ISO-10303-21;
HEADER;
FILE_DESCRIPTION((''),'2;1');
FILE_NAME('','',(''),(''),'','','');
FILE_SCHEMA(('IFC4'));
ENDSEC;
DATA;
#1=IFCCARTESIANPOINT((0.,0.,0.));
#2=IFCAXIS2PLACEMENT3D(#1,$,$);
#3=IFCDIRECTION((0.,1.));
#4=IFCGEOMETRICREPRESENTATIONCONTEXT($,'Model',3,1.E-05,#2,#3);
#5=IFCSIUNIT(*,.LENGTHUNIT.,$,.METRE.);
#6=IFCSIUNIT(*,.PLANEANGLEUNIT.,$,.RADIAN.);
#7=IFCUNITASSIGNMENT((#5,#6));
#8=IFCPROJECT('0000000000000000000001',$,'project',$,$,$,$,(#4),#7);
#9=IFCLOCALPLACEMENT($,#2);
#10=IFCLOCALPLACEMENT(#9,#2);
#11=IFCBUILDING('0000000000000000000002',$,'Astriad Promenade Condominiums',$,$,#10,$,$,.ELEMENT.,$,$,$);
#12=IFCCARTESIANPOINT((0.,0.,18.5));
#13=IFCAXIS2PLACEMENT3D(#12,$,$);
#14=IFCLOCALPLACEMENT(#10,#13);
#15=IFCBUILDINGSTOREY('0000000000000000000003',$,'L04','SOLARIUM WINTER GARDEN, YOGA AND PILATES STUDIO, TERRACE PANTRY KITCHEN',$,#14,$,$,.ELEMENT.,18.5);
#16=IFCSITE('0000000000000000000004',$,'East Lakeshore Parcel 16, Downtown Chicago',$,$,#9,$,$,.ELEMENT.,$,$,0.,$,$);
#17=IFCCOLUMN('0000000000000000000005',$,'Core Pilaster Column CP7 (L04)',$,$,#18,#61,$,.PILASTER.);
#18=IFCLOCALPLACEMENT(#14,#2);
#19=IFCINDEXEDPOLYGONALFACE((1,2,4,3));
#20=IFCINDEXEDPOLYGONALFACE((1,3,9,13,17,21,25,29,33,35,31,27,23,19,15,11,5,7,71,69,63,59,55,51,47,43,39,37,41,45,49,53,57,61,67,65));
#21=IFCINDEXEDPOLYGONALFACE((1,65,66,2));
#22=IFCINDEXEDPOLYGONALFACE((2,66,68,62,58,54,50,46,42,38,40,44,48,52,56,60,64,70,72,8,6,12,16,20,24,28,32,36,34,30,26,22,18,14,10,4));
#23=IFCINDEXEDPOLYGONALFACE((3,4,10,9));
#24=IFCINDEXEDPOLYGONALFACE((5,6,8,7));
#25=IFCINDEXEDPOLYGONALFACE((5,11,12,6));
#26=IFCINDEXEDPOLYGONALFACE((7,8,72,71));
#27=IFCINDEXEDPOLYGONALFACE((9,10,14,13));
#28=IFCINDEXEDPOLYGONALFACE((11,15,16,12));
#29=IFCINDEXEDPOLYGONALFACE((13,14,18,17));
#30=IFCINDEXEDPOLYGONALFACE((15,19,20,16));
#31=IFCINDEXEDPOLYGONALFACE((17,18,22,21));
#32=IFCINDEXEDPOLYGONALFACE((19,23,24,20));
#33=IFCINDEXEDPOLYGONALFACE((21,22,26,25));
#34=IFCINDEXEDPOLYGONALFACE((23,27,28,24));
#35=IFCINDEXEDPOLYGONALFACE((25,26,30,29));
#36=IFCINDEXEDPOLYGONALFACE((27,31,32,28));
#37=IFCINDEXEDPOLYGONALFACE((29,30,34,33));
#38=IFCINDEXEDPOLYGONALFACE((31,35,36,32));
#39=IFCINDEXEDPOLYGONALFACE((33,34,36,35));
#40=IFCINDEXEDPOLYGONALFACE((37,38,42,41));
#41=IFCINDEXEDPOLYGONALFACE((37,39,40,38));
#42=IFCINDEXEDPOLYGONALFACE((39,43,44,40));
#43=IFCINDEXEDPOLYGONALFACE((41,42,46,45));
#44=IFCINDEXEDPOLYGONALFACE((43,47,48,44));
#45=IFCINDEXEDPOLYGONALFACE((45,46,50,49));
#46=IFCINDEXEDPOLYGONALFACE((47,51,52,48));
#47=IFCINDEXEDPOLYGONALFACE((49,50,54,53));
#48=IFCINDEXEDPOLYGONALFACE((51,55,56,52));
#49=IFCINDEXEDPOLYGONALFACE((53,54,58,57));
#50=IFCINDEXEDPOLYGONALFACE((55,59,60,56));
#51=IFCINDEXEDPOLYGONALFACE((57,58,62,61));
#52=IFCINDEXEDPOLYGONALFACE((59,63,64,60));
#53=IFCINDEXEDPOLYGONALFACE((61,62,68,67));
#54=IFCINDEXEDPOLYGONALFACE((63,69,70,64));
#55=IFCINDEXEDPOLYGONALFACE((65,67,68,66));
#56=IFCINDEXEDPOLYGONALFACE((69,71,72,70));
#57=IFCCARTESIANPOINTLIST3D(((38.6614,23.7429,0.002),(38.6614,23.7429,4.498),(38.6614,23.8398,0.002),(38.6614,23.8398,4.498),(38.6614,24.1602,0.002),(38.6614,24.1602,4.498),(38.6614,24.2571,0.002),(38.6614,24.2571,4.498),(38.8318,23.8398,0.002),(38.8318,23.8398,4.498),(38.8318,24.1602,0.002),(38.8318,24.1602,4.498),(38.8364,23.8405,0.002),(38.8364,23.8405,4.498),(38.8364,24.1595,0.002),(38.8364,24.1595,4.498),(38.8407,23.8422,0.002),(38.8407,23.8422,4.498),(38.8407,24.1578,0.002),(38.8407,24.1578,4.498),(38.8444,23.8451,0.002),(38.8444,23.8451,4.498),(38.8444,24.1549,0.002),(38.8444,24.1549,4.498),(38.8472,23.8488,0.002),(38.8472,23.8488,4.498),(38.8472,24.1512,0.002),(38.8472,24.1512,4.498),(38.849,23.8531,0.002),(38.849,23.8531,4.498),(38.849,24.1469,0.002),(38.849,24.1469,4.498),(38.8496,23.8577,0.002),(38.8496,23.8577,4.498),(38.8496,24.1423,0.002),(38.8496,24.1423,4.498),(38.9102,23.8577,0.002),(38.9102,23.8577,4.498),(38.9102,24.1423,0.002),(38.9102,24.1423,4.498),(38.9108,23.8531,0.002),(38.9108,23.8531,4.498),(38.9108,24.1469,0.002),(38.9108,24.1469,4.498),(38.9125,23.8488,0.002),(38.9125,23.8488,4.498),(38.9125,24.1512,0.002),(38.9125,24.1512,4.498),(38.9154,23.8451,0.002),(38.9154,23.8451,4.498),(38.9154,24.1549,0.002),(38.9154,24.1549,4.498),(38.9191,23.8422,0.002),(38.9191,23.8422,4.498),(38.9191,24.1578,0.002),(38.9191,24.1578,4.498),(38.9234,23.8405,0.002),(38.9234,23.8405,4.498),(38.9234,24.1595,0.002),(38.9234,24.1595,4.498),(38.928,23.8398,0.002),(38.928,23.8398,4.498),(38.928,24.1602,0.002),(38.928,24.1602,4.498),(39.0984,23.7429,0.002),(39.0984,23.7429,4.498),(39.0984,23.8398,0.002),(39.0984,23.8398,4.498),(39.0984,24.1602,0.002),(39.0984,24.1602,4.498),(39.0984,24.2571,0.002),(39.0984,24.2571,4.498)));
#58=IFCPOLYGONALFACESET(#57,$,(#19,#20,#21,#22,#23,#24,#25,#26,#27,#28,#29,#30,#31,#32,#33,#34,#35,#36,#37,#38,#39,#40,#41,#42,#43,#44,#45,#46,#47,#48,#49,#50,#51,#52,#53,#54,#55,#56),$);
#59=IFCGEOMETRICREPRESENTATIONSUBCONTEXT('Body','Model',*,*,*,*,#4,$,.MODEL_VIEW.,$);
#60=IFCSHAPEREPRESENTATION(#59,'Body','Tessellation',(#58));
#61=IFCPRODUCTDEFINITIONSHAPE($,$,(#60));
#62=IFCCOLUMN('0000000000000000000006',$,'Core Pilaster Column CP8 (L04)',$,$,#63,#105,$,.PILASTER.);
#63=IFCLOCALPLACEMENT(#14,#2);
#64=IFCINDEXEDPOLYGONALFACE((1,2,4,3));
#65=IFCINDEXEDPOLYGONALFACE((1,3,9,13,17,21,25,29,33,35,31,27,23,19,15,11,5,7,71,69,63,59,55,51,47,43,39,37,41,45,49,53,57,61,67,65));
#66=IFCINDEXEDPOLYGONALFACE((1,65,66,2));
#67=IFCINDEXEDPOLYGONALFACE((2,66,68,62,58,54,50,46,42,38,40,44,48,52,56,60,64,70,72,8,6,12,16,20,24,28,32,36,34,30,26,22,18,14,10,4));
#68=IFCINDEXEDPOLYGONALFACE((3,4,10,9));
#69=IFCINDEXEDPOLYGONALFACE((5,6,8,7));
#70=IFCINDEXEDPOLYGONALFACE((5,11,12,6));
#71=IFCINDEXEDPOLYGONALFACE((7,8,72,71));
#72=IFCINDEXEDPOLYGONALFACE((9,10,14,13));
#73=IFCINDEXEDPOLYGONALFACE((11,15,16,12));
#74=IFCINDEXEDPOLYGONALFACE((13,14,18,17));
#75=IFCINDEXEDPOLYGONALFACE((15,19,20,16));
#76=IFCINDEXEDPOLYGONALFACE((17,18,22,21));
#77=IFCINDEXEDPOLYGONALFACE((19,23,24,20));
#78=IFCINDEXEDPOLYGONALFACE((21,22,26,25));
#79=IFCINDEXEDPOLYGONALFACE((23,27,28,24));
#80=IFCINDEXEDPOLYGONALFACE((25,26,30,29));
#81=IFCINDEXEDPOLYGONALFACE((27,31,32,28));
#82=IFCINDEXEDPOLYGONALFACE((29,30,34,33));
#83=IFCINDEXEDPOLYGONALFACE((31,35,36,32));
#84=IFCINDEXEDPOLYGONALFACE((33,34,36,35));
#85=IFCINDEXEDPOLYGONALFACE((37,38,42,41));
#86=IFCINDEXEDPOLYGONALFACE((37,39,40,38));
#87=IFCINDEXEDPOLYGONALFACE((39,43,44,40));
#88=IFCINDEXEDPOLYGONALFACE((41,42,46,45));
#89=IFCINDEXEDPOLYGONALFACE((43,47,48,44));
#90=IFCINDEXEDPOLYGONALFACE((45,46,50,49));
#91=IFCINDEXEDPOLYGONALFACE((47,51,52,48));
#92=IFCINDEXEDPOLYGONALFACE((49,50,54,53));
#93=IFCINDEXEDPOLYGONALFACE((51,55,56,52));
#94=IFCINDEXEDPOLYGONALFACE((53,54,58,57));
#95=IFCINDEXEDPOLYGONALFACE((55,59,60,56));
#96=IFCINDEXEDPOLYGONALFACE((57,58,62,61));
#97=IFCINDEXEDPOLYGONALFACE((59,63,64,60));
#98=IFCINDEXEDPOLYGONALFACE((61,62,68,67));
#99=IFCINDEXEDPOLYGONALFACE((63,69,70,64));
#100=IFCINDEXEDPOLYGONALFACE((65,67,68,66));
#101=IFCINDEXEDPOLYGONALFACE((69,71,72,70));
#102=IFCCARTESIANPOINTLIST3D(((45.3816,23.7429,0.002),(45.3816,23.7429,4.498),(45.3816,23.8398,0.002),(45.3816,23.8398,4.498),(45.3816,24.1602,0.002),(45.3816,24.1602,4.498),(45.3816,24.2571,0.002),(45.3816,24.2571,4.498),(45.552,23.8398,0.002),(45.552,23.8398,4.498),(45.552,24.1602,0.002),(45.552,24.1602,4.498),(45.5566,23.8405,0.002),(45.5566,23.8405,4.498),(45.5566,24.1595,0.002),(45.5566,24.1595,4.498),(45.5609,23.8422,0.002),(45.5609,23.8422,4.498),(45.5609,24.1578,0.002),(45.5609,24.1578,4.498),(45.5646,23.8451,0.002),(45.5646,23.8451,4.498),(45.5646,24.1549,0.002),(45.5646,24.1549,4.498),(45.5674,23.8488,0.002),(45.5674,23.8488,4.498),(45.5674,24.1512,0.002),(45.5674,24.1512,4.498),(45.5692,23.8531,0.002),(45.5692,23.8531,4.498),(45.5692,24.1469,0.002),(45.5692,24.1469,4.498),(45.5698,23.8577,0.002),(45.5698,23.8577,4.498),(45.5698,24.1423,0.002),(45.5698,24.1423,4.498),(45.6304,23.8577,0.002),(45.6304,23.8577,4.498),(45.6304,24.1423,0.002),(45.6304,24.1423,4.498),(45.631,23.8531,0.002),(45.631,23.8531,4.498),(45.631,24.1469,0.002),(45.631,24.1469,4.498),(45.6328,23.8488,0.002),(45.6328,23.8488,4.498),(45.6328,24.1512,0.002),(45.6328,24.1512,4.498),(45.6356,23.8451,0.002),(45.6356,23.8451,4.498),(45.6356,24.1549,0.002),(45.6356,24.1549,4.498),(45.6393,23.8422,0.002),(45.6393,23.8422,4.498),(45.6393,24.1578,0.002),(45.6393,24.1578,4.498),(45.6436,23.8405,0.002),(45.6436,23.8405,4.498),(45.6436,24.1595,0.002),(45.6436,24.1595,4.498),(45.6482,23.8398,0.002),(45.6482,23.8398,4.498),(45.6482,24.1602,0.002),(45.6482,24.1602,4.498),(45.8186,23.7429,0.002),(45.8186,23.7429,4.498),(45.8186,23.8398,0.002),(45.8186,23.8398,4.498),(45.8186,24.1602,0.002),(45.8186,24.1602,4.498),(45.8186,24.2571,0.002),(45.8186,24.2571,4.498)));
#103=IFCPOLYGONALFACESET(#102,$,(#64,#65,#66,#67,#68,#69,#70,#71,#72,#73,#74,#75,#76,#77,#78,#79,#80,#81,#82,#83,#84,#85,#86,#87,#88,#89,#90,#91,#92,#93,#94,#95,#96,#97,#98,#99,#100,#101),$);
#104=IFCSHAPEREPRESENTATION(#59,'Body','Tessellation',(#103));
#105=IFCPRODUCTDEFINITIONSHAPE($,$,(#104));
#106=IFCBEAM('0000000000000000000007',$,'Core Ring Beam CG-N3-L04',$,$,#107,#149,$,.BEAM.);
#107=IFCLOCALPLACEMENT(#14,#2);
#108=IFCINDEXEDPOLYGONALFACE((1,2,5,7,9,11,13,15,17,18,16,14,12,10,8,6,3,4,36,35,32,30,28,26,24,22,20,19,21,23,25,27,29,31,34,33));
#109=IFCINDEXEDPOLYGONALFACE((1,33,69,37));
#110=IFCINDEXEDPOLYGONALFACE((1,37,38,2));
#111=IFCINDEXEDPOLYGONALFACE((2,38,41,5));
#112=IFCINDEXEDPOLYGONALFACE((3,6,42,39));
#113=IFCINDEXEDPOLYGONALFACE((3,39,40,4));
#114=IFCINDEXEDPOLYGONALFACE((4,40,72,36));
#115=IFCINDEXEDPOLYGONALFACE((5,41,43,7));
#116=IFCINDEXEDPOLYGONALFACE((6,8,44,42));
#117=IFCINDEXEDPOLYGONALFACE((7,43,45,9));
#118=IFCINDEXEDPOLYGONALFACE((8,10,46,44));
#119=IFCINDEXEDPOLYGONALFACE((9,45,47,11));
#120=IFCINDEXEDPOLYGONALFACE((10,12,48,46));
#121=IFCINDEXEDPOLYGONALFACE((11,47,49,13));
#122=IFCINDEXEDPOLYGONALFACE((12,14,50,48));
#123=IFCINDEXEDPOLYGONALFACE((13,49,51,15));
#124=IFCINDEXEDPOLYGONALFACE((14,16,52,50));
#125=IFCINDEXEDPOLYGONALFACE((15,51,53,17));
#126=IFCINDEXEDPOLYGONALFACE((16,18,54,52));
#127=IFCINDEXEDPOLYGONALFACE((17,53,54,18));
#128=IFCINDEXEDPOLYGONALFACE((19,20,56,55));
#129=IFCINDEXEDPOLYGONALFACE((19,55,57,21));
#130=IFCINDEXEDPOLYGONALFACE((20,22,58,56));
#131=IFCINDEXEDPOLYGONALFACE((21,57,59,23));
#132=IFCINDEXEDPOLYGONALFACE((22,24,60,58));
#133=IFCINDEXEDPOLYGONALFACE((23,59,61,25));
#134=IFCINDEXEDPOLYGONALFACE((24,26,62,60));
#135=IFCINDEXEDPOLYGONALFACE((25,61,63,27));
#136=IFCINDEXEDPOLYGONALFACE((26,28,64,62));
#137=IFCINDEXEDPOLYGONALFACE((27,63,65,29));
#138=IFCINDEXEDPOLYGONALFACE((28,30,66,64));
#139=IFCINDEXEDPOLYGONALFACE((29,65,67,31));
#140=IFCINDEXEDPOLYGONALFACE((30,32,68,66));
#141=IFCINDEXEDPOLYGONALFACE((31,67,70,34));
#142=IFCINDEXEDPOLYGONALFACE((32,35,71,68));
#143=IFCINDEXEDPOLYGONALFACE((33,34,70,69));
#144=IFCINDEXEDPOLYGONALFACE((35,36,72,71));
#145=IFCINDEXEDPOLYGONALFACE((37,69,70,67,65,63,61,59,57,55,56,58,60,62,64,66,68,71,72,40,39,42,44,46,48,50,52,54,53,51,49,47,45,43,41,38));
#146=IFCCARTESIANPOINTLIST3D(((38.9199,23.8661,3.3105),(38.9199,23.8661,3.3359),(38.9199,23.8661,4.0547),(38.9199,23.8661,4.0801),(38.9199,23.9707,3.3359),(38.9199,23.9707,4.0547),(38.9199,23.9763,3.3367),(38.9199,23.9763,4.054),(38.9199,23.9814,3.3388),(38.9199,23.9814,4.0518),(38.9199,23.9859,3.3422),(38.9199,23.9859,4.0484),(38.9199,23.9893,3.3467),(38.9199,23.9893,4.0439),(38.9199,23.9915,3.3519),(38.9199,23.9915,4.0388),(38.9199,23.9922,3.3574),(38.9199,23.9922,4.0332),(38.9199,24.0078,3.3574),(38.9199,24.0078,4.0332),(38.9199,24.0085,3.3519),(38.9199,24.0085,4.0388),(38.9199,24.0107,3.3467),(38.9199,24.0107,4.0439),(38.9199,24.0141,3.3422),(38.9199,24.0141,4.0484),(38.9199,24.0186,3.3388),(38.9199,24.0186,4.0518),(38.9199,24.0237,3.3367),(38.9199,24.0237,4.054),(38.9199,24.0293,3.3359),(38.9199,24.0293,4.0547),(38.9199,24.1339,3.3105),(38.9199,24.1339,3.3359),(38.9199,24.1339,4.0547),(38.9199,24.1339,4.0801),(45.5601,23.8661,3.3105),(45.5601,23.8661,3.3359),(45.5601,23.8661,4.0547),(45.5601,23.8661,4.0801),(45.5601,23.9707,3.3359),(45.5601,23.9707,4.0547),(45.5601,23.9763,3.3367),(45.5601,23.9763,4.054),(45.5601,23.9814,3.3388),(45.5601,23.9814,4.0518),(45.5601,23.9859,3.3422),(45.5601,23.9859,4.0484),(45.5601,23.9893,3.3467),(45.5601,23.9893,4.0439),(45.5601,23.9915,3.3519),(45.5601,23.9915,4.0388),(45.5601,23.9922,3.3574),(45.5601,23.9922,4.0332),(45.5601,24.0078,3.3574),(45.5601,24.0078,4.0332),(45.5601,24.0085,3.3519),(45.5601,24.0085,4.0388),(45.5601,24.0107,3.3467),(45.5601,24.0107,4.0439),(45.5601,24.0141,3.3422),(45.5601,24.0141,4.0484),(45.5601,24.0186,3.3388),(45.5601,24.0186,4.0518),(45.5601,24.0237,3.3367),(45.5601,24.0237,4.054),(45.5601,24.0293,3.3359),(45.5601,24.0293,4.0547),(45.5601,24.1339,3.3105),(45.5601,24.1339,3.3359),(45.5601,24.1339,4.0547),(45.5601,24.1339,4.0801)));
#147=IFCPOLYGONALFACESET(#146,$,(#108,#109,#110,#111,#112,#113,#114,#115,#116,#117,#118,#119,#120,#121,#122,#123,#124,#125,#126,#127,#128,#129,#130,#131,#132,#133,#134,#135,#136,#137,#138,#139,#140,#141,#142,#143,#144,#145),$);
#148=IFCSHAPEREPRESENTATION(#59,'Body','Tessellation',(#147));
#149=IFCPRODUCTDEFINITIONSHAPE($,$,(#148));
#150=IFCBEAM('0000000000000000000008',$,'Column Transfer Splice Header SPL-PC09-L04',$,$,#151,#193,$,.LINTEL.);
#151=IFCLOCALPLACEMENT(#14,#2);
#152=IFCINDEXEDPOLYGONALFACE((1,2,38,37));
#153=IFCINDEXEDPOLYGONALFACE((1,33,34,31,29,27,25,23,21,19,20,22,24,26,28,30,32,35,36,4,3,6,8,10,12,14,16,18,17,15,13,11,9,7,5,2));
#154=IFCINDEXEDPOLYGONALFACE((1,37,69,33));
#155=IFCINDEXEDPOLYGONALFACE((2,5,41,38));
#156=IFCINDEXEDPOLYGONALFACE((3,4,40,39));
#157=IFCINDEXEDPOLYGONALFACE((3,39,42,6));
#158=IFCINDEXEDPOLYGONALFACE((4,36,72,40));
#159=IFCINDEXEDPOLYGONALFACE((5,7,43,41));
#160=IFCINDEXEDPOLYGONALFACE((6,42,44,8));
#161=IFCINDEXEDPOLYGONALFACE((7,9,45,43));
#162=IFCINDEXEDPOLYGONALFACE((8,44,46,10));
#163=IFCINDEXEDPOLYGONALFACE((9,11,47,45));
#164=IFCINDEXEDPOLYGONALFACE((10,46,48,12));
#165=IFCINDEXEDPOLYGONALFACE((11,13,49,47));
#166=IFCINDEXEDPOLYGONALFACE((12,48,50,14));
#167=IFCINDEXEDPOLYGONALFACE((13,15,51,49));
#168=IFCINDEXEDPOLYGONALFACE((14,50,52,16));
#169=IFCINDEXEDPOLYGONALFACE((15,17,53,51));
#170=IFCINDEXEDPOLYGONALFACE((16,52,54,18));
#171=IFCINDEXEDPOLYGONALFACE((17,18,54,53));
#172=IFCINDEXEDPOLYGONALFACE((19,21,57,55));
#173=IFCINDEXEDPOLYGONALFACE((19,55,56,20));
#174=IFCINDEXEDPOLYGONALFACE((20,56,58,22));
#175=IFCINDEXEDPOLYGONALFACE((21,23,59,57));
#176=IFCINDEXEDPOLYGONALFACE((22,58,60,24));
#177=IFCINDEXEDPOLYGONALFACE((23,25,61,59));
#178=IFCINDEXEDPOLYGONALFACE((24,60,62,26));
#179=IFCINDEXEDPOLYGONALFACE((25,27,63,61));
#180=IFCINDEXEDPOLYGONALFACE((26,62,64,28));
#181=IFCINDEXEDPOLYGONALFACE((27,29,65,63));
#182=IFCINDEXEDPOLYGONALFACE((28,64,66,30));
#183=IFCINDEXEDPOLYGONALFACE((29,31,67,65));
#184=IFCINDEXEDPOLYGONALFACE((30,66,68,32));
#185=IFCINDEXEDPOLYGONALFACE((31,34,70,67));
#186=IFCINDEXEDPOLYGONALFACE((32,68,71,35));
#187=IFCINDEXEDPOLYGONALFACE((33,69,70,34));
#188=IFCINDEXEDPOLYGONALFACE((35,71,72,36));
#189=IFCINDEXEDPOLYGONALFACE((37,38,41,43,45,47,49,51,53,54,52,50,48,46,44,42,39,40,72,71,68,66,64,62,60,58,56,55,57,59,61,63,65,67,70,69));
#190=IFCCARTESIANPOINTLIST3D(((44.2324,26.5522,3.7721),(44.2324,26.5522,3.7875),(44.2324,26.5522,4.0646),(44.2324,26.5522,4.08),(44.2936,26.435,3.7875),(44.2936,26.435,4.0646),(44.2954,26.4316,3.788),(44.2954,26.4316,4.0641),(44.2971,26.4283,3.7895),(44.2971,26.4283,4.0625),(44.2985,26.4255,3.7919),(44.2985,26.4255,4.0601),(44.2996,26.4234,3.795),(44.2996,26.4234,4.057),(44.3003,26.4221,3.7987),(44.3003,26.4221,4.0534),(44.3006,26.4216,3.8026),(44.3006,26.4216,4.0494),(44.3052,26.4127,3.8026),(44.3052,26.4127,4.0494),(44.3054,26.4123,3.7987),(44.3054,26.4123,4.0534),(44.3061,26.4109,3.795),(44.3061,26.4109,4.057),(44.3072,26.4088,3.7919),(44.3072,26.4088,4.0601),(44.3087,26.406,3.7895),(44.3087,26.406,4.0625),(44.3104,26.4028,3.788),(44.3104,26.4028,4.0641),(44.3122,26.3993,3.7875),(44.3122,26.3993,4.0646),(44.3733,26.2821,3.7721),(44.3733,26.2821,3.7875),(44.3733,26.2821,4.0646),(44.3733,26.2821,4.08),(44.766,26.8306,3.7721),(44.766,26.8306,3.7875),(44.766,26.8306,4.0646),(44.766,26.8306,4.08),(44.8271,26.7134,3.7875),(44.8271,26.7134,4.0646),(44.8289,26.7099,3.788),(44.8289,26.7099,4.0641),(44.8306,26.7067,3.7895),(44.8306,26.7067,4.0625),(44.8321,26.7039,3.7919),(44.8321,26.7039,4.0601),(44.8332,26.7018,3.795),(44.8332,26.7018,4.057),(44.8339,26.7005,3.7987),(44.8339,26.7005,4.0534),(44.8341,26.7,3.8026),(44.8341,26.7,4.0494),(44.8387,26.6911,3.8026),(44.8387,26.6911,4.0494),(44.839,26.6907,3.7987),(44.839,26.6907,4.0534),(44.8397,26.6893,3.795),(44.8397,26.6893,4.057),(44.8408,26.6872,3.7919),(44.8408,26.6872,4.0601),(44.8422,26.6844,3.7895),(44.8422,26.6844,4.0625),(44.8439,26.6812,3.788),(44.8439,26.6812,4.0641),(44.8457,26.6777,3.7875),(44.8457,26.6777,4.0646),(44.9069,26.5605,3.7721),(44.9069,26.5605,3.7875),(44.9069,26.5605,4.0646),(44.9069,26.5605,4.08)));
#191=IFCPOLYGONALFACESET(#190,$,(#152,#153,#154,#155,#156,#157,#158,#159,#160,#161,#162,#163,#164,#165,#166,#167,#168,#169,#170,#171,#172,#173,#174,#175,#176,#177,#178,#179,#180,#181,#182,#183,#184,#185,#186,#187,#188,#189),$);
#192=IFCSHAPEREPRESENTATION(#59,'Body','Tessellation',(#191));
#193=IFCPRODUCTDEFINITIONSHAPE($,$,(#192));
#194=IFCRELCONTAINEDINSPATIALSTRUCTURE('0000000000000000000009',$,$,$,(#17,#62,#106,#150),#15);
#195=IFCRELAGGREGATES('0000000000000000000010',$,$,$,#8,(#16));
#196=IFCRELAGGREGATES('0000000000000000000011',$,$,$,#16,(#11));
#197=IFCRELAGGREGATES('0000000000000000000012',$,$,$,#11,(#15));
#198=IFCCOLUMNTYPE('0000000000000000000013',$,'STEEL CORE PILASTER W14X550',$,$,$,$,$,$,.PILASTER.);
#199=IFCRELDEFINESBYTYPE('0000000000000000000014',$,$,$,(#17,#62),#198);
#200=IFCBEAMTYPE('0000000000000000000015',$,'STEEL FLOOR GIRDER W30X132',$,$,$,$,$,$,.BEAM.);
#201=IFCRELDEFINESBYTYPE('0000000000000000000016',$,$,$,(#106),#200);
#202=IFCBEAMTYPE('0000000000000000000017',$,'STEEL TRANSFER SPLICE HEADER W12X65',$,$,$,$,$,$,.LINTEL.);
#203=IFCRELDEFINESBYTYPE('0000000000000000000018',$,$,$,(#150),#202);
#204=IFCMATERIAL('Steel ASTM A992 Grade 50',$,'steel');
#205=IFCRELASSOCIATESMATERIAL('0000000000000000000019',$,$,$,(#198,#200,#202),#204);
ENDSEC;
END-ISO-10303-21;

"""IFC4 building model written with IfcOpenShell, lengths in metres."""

from ifc_helpers import new_model, si_unit, direction, frame, origin, origin_2d, place, context, subcontext, project, spatial, i_section, extrude, source, transform, mapped, material, material_profile, profile_set, type_object, type_shapes, element, save


model = new_model("IFC4")

# Units and contexts
model_context = context("Model", 3, precision=1e-05, world=origin(), true_north=direction((0.0, 1.0)))
body_context = subcontext(model_context, "Body", "Model", "MODEL_VIEW")
ifc_project = project(units=[si_unit("LENGTHUNIT", "METRE"), si_unit("PLANEANGLEUNIT", "RADIAN")], contexts=[model_context])

# Site, building, storey
site_placement = place(None, origin())
site = spatial("IfcSite", under=ifc_project, at=site_placement, Name="East Lakeshore Parcel 16, Downtown Chicago", CompositionType="ELEMENT", RefElevation=0.0)
building_placement = place(site_placement, origin())
building = spatial("IfcBuilding", under=site, at=building_placement, Name="Astriad Promenade Condominiums", CompositionType="ELEMENT")
storey_placement = place(building_placement, frame((0.0, 0.0, 18.5)))
storey = spatial("IfcBuildingStorey", under=building, at=storey_placement, Name="L04", Description="SOLARIUM WINTER GARDEN, YOGA AND PILATES STUDIO, TERRACE PANTRY KITCHEN", CompositionType="ELEMENT", Elevation=18.5)

# Columns
ifc_material_1 = material(Name="Steel ASTM A992 Grade 50", Category="steel")
ifc_material_profile_1 = material_profile(ifc_material_1, i_section(OverallWidth=0.437, OverallDepth=0.5142, WebThickness=0.0605, FlangeThickness=0.0969, FilletRadius=0.0178, at=origin_2d()), Name="W14X550")
ifc_profile_set_1 = profile_set([ifc_material_profile_1], Name="Steel ASTM A992 Grade 50")
column_type = type_object("IfcColumnType", Name="STEEL CORE PILASTER W14X550", PredefinedType="PILASTER", material=ifc_profile_set_1)
shared_shape_1 = source(origin(), body_context, "Body", "SweptSolid", [
    extrude(i_section(OverallWidth=0.437, OverallDepth=0.5142, WebThickness=0.0605, FlangeThickness=0.0969, FilletRadius=0.0178, at=origin_2d()), origin(), (0.0, 0.0, 1.0), 4.4961),
])
type_shapes(column_type, [shared_shape_1])
for number, where, z_axis, x_axis, name in (
    (1, (38.8799, 24.0, 0.002), (0.0, 0.0, 1.0), (1.0, 0.0, 0.0), "Core Pilaster Column CP7 (L04)"),
    (2, (45.6001, 24.0, 0.002), (0.0, 0.0, 1.0), (1.0, 0.0, 0.0), "Core Pilaster Column CP8 (L04)"),
):
    element("IfcColumn", number, at=place(storey_placement, frame(where, z_axis=z_axis, x_axis=x_axis)), inside=storey, type_object=column_type, Name=name, PredefinedType="PILASTER", context=body_context, shape_type="MappedRepresentation", body=[
        mapped(shared_shape_1, transform((0.0, 0.0, 0.0), scale=1.0)),
    ])

# Beams
ifc_material_profile_2 = material_profile(ifc_material_1, i_section(OverallWidth=0.2678, OverallDepth=0.7695, WebThickness=0.0156, FlangeThickness=0.0254, FilletRadius=0.0215, at=origin_2d()), Name="W30X132")
ifc_profile_set_2 = profile_set([ifc_material_profile_2], Name="Steel ASTM A992 Grade 50")
beam_type_1 = type_object("IfcBeamType", Name="STEEL FLOOR GIRDER W30X132", PredefinedType="BEAM", material=ifc_profile_set_2)
shared_shape_2 = source(origin(), body_context, "Body", "SweptSolid", [
    extrude(i_section(OverallWidth=0.2678, OverallDepth=0.7695, WebThickness=0.0156, FlangeThickness=0.0254, FilletRadius=0.0215, at=origin_2d()), origin(), (0.0, 0.0, 1.0), 6.6401),
])
type_shapes(beam_type_1, [shared_shape_2])
beam_1_placement = place(storey_placement, frame((38.9199, 24.0, 3.6953), z_axis=(1.0, 0.0, 0.0), x_axis=(0.0, 1.0, 0.0)))
element("IfcBeam", 3, at=beam_1_placement, inside=storey, type_object=beam_type_1, Name="Core Ring Beam CG-N3-L04", PredefinedType="BEAM", context=body_context, shape_type="MappedRepresentation", body=[
    mapped(shared_shape_2, transform((0.0, 0.0, 0.0), scale=1.0)),
])
ifc_material_profile_3 = material_profile(ifc_material_1, i_section(OverallWidth=0.3047, OverallDepth=0.3079, WebThickness=0.01, FlangeThickness=0.0154, FilletRadius=0.0151, at=origin_2d()), Name="W12X65")
ifc_profile_set_3 = profile_set([ifc_material_profile_3], Name="Steel ASTM A992 Grade 50")
beam_type_2 = type_object("IfcBeamType", Name="STEEL TRANSFER SPLICE HEADER W12X65", PredefinedType="LINTEL", material=ifc_profile_set_3)
shared_shape_3 = source(origin(), body_context, "Body", "SweptSolid", [
    extrude(i_section(OverallWidth=0.3047, OverallDepth=0.3079, WebThickness=0.01, FlangeThickness=0.0154, FilletRadius=0.0151, at=origin_2d()), origin(), (0.0, 0.0, 1.0), 0.6018),
])
type_shapes(beam_type_2, [shared_shape_3])
beam_2_placement = place(storey_placement, frame((44.8364, 26.6956, 3.926), z_axis=(-0.886585, -0.462566, 0.0), x_axis=(0.462566, -0.886585, 0.0)))
element("IfcBeam", 4, at=beam_2_placement, inside=storey, type_object=beam_type_2, Name="Column Transfer Splice Header SPL-PC09-L04", PredefinedType="LINTEL", context=body_context, shape_type="MappedRepresentation", body=[
    mapped(shared_shape_3, transform((0.0, 0.0, 0.0), scale=1.0)),
])

save(model, "model.ifc")
